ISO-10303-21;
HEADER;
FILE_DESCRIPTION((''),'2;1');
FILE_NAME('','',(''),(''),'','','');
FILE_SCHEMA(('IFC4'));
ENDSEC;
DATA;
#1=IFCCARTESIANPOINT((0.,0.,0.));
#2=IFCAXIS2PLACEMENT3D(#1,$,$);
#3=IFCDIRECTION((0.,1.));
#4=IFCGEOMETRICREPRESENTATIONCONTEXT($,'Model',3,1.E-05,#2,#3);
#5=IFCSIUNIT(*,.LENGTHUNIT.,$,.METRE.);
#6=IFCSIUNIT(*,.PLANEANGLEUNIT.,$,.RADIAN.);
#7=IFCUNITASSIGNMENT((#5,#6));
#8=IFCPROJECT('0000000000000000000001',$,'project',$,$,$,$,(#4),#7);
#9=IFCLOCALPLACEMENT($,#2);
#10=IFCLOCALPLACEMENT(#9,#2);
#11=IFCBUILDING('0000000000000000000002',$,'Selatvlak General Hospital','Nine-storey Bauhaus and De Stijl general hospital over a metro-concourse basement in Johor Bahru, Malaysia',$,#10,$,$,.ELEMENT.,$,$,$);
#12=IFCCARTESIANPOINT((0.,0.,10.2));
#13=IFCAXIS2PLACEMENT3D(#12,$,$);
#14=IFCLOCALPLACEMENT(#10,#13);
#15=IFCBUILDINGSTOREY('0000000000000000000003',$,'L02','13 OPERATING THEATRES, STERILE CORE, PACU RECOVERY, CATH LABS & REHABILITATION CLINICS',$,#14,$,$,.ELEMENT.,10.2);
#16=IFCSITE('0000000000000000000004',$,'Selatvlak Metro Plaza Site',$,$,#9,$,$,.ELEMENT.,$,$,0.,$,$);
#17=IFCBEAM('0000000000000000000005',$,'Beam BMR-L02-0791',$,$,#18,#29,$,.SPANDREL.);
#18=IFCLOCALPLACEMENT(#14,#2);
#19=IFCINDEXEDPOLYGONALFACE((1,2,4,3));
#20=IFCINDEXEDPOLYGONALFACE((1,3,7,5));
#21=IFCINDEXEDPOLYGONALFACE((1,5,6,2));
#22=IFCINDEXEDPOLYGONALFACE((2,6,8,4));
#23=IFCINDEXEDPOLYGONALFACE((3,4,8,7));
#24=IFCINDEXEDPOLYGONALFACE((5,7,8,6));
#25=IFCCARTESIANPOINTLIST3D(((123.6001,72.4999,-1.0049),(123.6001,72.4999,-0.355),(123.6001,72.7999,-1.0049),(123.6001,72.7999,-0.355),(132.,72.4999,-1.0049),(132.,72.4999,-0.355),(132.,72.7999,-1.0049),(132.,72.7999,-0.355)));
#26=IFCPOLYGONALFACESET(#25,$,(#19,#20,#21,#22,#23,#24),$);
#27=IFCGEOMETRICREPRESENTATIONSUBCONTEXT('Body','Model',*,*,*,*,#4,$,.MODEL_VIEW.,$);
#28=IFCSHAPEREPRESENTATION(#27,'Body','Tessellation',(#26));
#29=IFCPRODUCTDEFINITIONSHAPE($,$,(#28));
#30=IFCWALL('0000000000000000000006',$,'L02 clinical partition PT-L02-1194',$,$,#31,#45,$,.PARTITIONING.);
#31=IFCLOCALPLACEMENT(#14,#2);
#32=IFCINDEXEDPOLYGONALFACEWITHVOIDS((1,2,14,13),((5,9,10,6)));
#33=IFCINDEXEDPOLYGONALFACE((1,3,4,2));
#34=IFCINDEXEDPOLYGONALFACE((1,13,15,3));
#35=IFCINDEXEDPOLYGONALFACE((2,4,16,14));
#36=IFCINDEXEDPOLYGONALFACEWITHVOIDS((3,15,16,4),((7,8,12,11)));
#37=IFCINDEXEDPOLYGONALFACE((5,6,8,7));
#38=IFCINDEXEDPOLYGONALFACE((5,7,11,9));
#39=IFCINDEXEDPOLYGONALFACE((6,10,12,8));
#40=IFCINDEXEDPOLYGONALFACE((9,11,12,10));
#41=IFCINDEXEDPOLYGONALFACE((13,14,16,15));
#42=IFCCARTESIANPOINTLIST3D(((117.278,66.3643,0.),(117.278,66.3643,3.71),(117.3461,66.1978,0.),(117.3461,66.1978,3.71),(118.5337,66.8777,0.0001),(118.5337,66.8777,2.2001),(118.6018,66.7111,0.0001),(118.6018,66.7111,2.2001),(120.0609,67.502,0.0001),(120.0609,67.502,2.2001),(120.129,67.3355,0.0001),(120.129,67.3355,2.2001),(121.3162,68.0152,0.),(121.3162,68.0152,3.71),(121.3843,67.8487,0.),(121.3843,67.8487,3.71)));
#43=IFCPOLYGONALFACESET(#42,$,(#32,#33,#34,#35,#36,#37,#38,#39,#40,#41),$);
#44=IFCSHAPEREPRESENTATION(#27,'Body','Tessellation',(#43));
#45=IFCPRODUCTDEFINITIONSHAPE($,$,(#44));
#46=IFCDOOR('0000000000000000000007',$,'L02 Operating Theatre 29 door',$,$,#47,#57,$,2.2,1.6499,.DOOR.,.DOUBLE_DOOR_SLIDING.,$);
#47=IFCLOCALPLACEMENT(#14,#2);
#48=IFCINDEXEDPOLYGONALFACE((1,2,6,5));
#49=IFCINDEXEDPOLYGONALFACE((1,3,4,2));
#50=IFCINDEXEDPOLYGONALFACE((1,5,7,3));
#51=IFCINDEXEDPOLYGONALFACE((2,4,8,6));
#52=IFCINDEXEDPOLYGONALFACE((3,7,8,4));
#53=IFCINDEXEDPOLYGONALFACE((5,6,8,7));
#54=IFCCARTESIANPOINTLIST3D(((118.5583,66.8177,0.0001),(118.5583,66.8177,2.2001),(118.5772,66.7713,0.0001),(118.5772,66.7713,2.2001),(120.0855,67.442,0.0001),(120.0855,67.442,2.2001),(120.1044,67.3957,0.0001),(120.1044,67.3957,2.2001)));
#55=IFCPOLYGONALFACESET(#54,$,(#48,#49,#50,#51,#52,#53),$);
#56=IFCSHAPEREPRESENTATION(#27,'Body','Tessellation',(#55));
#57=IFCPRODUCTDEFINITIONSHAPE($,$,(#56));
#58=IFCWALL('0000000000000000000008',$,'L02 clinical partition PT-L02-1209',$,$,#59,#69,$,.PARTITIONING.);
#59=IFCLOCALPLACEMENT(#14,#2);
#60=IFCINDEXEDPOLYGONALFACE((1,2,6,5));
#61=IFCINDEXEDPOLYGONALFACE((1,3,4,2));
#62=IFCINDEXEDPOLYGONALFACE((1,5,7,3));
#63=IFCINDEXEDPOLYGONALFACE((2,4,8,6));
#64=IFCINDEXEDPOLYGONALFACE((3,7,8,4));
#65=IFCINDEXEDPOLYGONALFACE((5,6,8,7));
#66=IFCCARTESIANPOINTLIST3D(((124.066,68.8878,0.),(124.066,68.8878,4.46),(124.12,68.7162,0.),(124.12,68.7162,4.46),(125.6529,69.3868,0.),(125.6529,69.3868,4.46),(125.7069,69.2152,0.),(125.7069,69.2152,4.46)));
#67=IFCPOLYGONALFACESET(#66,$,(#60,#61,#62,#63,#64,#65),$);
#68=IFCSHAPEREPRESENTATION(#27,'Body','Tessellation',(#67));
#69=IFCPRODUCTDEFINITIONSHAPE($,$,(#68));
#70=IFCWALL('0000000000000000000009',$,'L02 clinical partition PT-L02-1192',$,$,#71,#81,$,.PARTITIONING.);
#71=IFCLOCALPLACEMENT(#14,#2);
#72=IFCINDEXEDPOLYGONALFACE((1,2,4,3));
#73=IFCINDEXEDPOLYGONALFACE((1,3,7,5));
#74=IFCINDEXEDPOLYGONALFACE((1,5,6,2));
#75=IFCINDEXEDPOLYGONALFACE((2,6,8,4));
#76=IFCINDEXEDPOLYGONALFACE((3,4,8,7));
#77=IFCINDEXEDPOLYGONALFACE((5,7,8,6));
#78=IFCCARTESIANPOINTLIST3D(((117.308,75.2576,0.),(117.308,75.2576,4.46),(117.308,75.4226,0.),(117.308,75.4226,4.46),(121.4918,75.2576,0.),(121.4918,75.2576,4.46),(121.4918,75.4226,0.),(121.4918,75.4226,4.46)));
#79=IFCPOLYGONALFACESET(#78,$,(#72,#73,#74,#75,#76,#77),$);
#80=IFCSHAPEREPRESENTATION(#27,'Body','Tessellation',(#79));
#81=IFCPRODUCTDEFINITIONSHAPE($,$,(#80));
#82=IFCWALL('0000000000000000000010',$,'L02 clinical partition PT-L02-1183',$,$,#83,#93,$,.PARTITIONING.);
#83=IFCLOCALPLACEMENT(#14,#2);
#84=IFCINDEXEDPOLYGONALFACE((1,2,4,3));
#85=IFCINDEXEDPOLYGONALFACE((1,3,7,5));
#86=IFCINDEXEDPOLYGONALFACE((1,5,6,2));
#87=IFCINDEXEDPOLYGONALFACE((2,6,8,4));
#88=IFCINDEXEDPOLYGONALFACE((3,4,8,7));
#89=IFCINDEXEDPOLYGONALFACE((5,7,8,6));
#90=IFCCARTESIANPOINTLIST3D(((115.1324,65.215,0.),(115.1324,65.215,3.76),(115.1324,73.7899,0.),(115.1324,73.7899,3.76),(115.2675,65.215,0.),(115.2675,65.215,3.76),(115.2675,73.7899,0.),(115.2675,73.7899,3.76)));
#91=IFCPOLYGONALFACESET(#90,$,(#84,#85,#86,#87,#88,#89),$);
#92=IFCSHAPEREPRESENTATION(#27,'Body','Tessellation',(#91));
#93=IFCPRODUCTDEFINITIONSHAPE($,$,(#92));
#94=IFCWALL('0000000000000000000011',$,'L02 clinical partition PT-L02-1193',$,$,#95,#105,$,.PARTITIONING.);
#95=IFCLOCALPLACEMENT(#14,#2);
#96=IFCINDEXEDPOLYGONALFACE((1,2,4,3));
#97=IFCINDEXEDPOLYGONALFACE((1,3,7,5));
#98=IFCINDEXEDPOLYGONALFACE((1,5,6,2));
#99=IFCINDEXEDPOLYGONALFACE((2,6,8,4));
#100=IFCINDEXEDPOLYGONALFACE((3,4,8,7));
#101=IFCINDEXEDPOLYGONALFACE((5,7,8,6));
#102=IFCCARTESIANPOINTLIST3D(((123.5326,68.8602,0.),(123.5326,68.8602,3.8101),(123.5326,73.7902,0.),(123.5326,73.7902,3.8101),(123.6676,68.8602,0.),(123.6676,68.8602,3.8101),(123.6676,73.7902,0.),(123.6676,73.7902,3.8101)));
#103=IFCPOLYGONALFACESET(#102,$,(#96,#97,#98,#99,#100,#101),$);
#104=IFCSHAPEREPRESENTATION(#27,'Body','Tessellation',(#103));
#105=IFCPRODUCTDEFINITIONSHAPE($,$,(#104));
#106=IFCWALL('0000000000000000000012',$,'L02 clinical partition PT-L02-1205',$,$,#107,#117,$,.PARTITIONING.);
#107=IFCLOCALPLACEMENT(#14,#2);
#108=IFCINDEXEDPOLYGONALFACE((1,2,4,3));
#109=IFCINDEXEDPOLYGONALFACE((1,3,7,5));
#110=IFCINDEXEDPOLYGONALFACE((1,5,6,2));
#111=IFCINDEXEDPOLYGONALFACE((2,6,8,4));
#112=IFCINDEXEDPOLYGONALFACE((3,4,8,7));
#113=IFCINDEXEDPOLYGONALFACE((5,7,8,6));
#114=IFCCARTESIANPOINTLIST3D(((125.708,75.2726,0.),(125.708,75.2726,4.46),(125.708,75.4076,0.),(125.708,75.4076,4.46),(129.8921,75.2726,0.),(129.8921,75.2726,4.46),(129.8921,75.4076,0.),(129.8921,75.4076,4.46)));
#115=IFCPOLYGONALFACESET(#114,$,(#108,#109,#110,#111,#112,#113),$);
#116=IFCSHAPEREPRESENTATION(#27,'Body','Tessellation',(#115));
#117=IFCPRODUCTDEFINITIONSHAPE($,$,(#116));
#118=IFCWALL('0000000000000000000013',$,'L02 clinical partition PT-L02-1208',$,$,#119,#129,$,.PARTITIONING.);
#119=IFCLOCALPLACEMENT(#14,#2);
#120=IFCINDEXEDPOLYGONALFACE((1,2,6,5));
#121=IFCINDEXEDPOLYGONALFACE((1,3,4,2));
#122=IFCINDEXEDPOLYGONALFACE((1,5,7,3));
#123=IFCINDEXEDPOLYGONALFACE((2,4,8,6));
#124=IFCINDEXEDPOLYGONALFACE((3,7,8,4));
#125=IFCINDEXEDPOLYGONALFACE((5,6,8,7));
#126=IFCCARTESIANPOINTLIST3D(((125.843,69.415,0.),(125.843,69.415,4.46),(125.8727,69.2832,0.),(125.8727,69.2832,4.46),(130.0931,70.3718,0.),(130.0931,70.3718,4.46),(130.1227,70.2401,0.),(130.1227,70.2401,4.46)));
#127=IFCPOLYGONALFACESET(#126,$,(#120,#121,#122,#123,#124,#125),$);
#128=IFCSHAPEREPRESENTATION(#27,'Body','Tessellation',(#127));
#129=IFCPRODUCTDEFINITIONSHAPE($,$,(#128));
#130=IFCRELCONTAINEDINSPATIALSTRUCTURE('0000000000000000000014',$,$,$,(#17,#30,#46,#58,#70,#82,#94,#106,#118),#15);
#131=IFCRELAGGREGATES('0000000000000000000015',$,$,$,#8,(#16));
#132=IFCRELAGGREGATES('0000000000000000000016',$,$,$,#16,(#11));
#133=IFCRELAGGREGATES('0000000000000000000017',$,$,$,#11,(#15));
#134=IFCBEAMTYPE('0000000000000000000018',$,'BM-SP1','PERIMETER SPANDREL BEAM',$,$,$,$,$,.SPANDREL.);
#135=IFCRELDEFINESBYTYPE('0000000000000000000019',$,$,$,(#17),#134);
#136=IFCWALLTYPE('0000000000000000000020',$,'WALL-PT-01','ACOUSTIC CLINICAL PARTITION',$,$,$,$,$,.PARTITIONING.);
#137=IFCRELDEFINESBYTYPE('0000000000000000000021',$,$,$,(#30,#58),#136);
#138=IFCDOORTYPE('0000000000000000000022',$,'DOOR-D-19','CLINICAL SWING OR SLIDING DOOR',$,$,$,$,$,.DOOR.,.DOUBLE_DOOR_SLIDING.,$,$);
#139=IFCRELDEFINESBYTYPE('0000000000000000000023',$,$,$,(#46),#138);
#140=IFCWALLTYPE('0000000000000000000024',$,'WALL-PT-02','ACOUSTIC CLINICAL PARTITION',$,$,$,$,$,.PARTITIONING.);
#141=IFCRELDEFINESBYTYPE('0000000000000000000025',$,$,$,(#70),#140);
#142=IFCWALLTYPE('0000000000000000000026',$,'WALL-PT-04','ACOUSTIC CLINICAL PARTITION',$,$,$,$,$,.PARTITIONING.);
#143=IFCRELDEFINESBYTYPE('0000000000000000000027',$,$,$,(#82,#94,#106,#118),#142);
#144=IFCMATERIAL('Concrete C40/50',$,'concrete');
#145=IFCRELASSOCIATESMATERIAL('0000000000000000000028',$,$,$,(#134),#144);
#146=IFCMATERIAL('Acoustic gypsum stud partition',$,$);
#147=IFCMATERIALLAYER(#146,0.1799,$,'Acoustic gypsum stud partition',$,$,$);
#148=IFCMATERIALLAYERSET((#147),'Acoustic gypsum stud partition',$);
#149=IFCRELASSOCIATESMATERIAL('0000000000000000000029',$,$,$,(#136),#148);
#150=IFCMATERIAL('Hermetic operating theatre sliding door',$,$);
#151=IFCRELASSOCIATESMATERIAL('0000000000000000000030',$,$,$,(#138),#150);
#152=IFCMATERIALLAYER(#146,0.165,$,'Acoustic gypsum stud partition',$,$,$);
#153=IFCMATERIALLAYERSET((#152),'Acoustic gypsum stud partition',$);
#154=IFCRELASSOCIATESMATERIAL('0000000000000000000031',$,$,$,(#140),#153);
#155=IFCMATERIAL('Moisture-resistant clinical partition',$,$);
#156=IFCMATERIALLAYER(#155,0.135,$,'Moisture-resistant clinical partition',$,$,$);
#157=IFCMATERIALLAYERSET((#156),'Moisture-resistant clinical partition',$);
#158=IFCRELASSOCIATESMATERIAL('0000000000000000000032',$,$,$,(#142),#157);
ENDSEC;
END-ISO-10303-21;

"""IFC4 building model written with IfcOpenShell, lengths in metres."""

from ifc_helpers import new_model, si_unit, direction, frame, frame_2d, origin, origin_2d, place, context, subcontext, project, spatial, rectangle, extrude, material, layer, layer_set, material_profile, profile_set, type_object, element, fill, save


model = new_model("IFC4")

# Units and contexts
model_context = context("Model", 3, precision=1e-05, world=origin(), true_north=direction((0.0, 1.0)))
body_context = subcontext(model_context, "Body", "Model", "MODEL_VIEW")
ifc_project = project(units=[si_unit("LENGTHUNIT", "METRE"), si_unit("PLANEANGLEUNIT", "RADIAN")], contexts=[model_context])

# Site, building, storey
site_placement = place(None, origin())
site = spatial("IfcSite", under=ifc_project, at=site_placement, Name="Selatvlak Metro Plaza Site", CompositionType="ELEMENT", RefElevation=0.0)
building_placement = place(site_placement, origin())
building = spatial("IfcBuilding", under=site, at=building_placement, Name="Selatvlak General Hospital", Description="Nine-storey Bauhaus and De Stijl general hospital over a metro-concourse basement in Johor Bahru, Malaysia", CompositionType="ELEMENT")
storey_placement = place(building_placement, frame((0.0, 0.0, 10.2)))
storey = spatial("IfcBuildingStorey", under=building, at=storey_placement, Name="L02", Description="13 OPERATING THEATRES, STERILE CORE, PACU RECOVERY, CATH LABS & REHABILITATION CLINICS", CompositionType="ELEMENT", Elevation=10.2)

# Beam
ifc_material_1 = material(Name="Concrete C40/50", Category="concrete")
ifc_material_profile_1 = material_profile(ifc_material_1, rectangle(XDim=0.3, YDim=0.6499, at=origin_2d()), Name="RC-SP 300x650")
ifc_profile_set_1 = profile_set([ifc_material_profile_1], Name="Concrete C40/50")
beam_type_1 = type_object("IfcBeamType", Name="BM-SP1", Description="PERIMETER SPANDREL BEAM", PredefinedType="SPANDREL", material=ifc_profile_set_1)
beam_1_placement = place(storey_placement, frame((123.6001, 72.6499, -0.6799), z_axis=(1.0, 0.0, 0.0), x_axis=(0.0, 1.0, 0.0)))
element("IfcBeam", 1, at=beam_1_placement, inside=storey, type_object=beam_type_1, Name="Beam BMR-L02-0791", PredefinedType="SPANDREL", context=body_context, shape_type="SweptSolid", body=[
    extrude(rectangle(XDim=0.3, YDim=0.6499, at=origin_2d()), origin(), (0.0, 0.0, 1.0), 8.3999),
])

# Wall, opening, door
ifc_material_2 = material(Name="Acoustic gypsum stud partition")
ifc_layer_1 = layer(ifc_material_2, 0.1799, Name="Acoustic gypsum stud partition")
ifc_layer_set_1 = layer_set([ifc_layer_1], Name="Acoustic gypsum stud partition")
wall_type_1 = type_object("IfcWallType", Name="WALL-PT-01", Description="ACOUSTIC CLINICAL PARTITION", PredefinedType="PARTITIONING", material=ifc_layer_set_1)
wall_1_placement = place(storey_placement, frame((121.3501, 67.9319, 0.0), z_axis=(0.0, 0.0, 1.0), x_axis=(-0.925633, -0.378424, 0.0)))
wall_1 = element("IfcWall", 2, at=wall_1_placement, inside=storey, type_object=wall_type_1, Name="L02 clinical partition PT-L02-1194", PredefinedType="PARTITIONING", context=body_context, shape_type="SweptSolid", body=[
    extrude(rectangle(XDim=4.3625, YDim=0.1799, at=frame_2d((2.1812, 0.0))), origin(), (0.0, 0.0, 1.0), 3.71),
])
opening_placement = place(wall_1_placement, frame((1.356, 0.0, 0.0)))
opening = element("IfcOpeningElement", 3, at=opening_placement, cuts=wall_1, PredefinedType="OPENING", context=body_context, shape_type="SweptSolid", body=[
    extrude(rectangle(XDim=1.6499, YDim=2.2, at=frame_2d((0.825, 1.1001))), frame((0.0, 0.0999, 0.0), z_axis=(0.0, -1.0, 0.0), x_axis=(1.0, 0.0, 0.0)), (0.0, 0.0, 1.0), 0.2),
])
ifc_material_3 = material(Name="Hermetic operating theatre sliding door")
door_type = type_object("IfcDoorType", Name="DOOR-D-19", Description="CLINICAL SWING OR SLIDING DOOR", OperationType="DOUBLE_DOOR_SLIDING", PredefinedType="DOOR", material=ifc_material_3)
door_placement = place(opening_placement, origin())
door = element("IfcDoor", 4, at=door_placement, inside=storey, type_object=door_type, Name="L02 Operating Theatre 29 door", OperationType="DOUBLE_DOOR_SLIDING", OverallHeight=2.2, OverallWidth=1.6499, PredefinedType="DOOR", context=body_context, shape_type="SweptSolid", body=[
    extrude(rectangle(XDim=1.6499, YDim=2.2, at=frame_2d((0.825, 1.1001))), frame((0.0, 0.0249, 0.0), z_axis=(0.0, -1.0, 0.0), x_axis=(1.0, 0.0, 0.0)), (0.0, 0.0, 1.0), 0.05),
])
fill(opening, door)

# Walls
wall_2_placement = place(storey_placement, frame((125.6799, 69.301, 0.0), z_axis=(0.0, 0.0, 1.0), x_axis=(-0.953946, -0.299979, 0.0)))
element("IfcWall", 5, at=wall_2_placement, inside=storey, type_object=wall_type_1, Name="L02 clinical partition PT-L02-1209", PredefinedType="PARTITIONING", context=body_context, shape_type="SweptSolid", body=[
    extrude(rectangle(XDim=1.6636, YDim=0.1799, at=frame_2d((0.8318, 0.0))), origin(), (0.0, 0.0, 1.0), 4.46),
])
ifc_layer_2 = layer(ifc_material_2, 0.165, Name="Acoustic gypsum stud partition")
ifc_layer_set_2 = layer_set([ifc_layer_2], Name="Acoustic gypsum stud partition")
wall_type_2 = type_object("IfcWallType", Name="WALL-PT-02", Description="ACOUSTIC CLINICAL PARTITION", PredefinedType="PARTITIONING", material=ifc_layer_set_2)
wall_3_placement = place(storey_placement, frame((117.3081, 75.3401, 0.0), z_axis=(0.0, 0.0, 1.0), x_axis=(1.0, 0.0, 0.0)))
element("IfcWall", 6, at=wall_3_placement, inside=storey, type_object=wall_type_2, Name="L02 clinical partition PT-L02-1192", PredefinedType="PARTITIONING", context=body_context, shape_type="SweptSolid", body=[
    extrude(rectangle(XDim=4.1838, YDim=0.165, at=frame_2d((2.0918, 0.0))), origin(), (0.0, 0.0, 1.0), 4.46),
])
ifc_material_4 = material(Name="Moisture-resistant clinical partition")
ifc_layer_3 = layer(ifc_material_4, 0.135, Name="Moisture-resistant clinical partition")
ifc_layer_set_3 = layer_set([ifc_layer_3], Name="Moisture-resistant clinical partition")
wall_type_3 = type_object("IfcWallType", Name="WALL-PT-04", Description="ACOUSTIC CLINICAL PARTITION", PredefinedType="PARTITIONING", material=ifc_layer_set_3)
wall_4_placement = place(storey_placement, frame((115.2, 73.79, 0.0), z_axis=(0.0, 0.0, 1.0), x_axis=(0.0, -1.0, 0.0)))
element("IfcWall", 7, at=wall_4_placement, inside=storey, type_object=wall_type_3, Name="L02 clinical partition PT-L02-1183", PredefinedType="PARTITIONING", context=body_context, shape_type="SweptSolid", body=[
    extrude(rectangle(XDim=8.575, YDim=0.135, at=frame_2d((4.2876, 0.0))), origin(), (0.0, 0.0, 1.0), 3.76),
])
wall_5_placement = place(storey_placement, frame((123.6001, 73.79, 0.0), z_axis=(0.0, 0.0, 1.0), x_axis=(0.0, -1.0, 0.0)))
element("IfcWall", 8, at=wall_5_placement, inside=storey, type_object=wall_type_3, Name="L02 clinical partition PT-L02-1193", PredefinedType="PARTITIONING", context=body_context, shape_type="SweptSolid", body=[
    extrude(rectangle(XDim=4.9299, YDim=0.135, at=frame_2d((2.4648, 0.0))), origin(), (0.0, 0.0, 1.0), 3.8101),
])
wall_6_placement = place(storey_placement, frame((125.708, 75.3401, 0.0), z_axis=(0.0, 0.0, 1.0), x_axis=(1.0, 0.0, 0.0)))
element("IfcWall", 9, at=wall_6_placement, inside=storey, type_object=wall_type_3, Name="L02 clinical partition PT-L02-1205", PredefinedType="PARTITIONING", context=body_context, shape_type="SweptSolid", body=[
    extrude(rectangle(XDim=4.1841, YDim=0.135, at=frame_2d((2.092, 0.0))), origin(), (0.0, 0.0, 1.0), 4.46),
])
wall_7_placement = place(storey_placement, frame((130.1079, 70.3059, 0.0), z_axis=(0.0, 0.0, 1.0), x_axis=(-0.975583, -0.21963, 0.0)))
element("IfcWall", 10, at=wall_7_placement, inside=storey, type_object=wall_type_3, Name="L02 clinical partition PT-L02-1208", PredefinedType="PARTITIONING", context=body_context, shape_type="SweptSolid", body=[
    extrude(rectangle(XDim=4.3564, YDim=0.135, at=frame_2d((2.1782, 0.0))), origin(), (0.0, 0.0, 1.0), 4.46),
])

save(model, "model.ifc")
